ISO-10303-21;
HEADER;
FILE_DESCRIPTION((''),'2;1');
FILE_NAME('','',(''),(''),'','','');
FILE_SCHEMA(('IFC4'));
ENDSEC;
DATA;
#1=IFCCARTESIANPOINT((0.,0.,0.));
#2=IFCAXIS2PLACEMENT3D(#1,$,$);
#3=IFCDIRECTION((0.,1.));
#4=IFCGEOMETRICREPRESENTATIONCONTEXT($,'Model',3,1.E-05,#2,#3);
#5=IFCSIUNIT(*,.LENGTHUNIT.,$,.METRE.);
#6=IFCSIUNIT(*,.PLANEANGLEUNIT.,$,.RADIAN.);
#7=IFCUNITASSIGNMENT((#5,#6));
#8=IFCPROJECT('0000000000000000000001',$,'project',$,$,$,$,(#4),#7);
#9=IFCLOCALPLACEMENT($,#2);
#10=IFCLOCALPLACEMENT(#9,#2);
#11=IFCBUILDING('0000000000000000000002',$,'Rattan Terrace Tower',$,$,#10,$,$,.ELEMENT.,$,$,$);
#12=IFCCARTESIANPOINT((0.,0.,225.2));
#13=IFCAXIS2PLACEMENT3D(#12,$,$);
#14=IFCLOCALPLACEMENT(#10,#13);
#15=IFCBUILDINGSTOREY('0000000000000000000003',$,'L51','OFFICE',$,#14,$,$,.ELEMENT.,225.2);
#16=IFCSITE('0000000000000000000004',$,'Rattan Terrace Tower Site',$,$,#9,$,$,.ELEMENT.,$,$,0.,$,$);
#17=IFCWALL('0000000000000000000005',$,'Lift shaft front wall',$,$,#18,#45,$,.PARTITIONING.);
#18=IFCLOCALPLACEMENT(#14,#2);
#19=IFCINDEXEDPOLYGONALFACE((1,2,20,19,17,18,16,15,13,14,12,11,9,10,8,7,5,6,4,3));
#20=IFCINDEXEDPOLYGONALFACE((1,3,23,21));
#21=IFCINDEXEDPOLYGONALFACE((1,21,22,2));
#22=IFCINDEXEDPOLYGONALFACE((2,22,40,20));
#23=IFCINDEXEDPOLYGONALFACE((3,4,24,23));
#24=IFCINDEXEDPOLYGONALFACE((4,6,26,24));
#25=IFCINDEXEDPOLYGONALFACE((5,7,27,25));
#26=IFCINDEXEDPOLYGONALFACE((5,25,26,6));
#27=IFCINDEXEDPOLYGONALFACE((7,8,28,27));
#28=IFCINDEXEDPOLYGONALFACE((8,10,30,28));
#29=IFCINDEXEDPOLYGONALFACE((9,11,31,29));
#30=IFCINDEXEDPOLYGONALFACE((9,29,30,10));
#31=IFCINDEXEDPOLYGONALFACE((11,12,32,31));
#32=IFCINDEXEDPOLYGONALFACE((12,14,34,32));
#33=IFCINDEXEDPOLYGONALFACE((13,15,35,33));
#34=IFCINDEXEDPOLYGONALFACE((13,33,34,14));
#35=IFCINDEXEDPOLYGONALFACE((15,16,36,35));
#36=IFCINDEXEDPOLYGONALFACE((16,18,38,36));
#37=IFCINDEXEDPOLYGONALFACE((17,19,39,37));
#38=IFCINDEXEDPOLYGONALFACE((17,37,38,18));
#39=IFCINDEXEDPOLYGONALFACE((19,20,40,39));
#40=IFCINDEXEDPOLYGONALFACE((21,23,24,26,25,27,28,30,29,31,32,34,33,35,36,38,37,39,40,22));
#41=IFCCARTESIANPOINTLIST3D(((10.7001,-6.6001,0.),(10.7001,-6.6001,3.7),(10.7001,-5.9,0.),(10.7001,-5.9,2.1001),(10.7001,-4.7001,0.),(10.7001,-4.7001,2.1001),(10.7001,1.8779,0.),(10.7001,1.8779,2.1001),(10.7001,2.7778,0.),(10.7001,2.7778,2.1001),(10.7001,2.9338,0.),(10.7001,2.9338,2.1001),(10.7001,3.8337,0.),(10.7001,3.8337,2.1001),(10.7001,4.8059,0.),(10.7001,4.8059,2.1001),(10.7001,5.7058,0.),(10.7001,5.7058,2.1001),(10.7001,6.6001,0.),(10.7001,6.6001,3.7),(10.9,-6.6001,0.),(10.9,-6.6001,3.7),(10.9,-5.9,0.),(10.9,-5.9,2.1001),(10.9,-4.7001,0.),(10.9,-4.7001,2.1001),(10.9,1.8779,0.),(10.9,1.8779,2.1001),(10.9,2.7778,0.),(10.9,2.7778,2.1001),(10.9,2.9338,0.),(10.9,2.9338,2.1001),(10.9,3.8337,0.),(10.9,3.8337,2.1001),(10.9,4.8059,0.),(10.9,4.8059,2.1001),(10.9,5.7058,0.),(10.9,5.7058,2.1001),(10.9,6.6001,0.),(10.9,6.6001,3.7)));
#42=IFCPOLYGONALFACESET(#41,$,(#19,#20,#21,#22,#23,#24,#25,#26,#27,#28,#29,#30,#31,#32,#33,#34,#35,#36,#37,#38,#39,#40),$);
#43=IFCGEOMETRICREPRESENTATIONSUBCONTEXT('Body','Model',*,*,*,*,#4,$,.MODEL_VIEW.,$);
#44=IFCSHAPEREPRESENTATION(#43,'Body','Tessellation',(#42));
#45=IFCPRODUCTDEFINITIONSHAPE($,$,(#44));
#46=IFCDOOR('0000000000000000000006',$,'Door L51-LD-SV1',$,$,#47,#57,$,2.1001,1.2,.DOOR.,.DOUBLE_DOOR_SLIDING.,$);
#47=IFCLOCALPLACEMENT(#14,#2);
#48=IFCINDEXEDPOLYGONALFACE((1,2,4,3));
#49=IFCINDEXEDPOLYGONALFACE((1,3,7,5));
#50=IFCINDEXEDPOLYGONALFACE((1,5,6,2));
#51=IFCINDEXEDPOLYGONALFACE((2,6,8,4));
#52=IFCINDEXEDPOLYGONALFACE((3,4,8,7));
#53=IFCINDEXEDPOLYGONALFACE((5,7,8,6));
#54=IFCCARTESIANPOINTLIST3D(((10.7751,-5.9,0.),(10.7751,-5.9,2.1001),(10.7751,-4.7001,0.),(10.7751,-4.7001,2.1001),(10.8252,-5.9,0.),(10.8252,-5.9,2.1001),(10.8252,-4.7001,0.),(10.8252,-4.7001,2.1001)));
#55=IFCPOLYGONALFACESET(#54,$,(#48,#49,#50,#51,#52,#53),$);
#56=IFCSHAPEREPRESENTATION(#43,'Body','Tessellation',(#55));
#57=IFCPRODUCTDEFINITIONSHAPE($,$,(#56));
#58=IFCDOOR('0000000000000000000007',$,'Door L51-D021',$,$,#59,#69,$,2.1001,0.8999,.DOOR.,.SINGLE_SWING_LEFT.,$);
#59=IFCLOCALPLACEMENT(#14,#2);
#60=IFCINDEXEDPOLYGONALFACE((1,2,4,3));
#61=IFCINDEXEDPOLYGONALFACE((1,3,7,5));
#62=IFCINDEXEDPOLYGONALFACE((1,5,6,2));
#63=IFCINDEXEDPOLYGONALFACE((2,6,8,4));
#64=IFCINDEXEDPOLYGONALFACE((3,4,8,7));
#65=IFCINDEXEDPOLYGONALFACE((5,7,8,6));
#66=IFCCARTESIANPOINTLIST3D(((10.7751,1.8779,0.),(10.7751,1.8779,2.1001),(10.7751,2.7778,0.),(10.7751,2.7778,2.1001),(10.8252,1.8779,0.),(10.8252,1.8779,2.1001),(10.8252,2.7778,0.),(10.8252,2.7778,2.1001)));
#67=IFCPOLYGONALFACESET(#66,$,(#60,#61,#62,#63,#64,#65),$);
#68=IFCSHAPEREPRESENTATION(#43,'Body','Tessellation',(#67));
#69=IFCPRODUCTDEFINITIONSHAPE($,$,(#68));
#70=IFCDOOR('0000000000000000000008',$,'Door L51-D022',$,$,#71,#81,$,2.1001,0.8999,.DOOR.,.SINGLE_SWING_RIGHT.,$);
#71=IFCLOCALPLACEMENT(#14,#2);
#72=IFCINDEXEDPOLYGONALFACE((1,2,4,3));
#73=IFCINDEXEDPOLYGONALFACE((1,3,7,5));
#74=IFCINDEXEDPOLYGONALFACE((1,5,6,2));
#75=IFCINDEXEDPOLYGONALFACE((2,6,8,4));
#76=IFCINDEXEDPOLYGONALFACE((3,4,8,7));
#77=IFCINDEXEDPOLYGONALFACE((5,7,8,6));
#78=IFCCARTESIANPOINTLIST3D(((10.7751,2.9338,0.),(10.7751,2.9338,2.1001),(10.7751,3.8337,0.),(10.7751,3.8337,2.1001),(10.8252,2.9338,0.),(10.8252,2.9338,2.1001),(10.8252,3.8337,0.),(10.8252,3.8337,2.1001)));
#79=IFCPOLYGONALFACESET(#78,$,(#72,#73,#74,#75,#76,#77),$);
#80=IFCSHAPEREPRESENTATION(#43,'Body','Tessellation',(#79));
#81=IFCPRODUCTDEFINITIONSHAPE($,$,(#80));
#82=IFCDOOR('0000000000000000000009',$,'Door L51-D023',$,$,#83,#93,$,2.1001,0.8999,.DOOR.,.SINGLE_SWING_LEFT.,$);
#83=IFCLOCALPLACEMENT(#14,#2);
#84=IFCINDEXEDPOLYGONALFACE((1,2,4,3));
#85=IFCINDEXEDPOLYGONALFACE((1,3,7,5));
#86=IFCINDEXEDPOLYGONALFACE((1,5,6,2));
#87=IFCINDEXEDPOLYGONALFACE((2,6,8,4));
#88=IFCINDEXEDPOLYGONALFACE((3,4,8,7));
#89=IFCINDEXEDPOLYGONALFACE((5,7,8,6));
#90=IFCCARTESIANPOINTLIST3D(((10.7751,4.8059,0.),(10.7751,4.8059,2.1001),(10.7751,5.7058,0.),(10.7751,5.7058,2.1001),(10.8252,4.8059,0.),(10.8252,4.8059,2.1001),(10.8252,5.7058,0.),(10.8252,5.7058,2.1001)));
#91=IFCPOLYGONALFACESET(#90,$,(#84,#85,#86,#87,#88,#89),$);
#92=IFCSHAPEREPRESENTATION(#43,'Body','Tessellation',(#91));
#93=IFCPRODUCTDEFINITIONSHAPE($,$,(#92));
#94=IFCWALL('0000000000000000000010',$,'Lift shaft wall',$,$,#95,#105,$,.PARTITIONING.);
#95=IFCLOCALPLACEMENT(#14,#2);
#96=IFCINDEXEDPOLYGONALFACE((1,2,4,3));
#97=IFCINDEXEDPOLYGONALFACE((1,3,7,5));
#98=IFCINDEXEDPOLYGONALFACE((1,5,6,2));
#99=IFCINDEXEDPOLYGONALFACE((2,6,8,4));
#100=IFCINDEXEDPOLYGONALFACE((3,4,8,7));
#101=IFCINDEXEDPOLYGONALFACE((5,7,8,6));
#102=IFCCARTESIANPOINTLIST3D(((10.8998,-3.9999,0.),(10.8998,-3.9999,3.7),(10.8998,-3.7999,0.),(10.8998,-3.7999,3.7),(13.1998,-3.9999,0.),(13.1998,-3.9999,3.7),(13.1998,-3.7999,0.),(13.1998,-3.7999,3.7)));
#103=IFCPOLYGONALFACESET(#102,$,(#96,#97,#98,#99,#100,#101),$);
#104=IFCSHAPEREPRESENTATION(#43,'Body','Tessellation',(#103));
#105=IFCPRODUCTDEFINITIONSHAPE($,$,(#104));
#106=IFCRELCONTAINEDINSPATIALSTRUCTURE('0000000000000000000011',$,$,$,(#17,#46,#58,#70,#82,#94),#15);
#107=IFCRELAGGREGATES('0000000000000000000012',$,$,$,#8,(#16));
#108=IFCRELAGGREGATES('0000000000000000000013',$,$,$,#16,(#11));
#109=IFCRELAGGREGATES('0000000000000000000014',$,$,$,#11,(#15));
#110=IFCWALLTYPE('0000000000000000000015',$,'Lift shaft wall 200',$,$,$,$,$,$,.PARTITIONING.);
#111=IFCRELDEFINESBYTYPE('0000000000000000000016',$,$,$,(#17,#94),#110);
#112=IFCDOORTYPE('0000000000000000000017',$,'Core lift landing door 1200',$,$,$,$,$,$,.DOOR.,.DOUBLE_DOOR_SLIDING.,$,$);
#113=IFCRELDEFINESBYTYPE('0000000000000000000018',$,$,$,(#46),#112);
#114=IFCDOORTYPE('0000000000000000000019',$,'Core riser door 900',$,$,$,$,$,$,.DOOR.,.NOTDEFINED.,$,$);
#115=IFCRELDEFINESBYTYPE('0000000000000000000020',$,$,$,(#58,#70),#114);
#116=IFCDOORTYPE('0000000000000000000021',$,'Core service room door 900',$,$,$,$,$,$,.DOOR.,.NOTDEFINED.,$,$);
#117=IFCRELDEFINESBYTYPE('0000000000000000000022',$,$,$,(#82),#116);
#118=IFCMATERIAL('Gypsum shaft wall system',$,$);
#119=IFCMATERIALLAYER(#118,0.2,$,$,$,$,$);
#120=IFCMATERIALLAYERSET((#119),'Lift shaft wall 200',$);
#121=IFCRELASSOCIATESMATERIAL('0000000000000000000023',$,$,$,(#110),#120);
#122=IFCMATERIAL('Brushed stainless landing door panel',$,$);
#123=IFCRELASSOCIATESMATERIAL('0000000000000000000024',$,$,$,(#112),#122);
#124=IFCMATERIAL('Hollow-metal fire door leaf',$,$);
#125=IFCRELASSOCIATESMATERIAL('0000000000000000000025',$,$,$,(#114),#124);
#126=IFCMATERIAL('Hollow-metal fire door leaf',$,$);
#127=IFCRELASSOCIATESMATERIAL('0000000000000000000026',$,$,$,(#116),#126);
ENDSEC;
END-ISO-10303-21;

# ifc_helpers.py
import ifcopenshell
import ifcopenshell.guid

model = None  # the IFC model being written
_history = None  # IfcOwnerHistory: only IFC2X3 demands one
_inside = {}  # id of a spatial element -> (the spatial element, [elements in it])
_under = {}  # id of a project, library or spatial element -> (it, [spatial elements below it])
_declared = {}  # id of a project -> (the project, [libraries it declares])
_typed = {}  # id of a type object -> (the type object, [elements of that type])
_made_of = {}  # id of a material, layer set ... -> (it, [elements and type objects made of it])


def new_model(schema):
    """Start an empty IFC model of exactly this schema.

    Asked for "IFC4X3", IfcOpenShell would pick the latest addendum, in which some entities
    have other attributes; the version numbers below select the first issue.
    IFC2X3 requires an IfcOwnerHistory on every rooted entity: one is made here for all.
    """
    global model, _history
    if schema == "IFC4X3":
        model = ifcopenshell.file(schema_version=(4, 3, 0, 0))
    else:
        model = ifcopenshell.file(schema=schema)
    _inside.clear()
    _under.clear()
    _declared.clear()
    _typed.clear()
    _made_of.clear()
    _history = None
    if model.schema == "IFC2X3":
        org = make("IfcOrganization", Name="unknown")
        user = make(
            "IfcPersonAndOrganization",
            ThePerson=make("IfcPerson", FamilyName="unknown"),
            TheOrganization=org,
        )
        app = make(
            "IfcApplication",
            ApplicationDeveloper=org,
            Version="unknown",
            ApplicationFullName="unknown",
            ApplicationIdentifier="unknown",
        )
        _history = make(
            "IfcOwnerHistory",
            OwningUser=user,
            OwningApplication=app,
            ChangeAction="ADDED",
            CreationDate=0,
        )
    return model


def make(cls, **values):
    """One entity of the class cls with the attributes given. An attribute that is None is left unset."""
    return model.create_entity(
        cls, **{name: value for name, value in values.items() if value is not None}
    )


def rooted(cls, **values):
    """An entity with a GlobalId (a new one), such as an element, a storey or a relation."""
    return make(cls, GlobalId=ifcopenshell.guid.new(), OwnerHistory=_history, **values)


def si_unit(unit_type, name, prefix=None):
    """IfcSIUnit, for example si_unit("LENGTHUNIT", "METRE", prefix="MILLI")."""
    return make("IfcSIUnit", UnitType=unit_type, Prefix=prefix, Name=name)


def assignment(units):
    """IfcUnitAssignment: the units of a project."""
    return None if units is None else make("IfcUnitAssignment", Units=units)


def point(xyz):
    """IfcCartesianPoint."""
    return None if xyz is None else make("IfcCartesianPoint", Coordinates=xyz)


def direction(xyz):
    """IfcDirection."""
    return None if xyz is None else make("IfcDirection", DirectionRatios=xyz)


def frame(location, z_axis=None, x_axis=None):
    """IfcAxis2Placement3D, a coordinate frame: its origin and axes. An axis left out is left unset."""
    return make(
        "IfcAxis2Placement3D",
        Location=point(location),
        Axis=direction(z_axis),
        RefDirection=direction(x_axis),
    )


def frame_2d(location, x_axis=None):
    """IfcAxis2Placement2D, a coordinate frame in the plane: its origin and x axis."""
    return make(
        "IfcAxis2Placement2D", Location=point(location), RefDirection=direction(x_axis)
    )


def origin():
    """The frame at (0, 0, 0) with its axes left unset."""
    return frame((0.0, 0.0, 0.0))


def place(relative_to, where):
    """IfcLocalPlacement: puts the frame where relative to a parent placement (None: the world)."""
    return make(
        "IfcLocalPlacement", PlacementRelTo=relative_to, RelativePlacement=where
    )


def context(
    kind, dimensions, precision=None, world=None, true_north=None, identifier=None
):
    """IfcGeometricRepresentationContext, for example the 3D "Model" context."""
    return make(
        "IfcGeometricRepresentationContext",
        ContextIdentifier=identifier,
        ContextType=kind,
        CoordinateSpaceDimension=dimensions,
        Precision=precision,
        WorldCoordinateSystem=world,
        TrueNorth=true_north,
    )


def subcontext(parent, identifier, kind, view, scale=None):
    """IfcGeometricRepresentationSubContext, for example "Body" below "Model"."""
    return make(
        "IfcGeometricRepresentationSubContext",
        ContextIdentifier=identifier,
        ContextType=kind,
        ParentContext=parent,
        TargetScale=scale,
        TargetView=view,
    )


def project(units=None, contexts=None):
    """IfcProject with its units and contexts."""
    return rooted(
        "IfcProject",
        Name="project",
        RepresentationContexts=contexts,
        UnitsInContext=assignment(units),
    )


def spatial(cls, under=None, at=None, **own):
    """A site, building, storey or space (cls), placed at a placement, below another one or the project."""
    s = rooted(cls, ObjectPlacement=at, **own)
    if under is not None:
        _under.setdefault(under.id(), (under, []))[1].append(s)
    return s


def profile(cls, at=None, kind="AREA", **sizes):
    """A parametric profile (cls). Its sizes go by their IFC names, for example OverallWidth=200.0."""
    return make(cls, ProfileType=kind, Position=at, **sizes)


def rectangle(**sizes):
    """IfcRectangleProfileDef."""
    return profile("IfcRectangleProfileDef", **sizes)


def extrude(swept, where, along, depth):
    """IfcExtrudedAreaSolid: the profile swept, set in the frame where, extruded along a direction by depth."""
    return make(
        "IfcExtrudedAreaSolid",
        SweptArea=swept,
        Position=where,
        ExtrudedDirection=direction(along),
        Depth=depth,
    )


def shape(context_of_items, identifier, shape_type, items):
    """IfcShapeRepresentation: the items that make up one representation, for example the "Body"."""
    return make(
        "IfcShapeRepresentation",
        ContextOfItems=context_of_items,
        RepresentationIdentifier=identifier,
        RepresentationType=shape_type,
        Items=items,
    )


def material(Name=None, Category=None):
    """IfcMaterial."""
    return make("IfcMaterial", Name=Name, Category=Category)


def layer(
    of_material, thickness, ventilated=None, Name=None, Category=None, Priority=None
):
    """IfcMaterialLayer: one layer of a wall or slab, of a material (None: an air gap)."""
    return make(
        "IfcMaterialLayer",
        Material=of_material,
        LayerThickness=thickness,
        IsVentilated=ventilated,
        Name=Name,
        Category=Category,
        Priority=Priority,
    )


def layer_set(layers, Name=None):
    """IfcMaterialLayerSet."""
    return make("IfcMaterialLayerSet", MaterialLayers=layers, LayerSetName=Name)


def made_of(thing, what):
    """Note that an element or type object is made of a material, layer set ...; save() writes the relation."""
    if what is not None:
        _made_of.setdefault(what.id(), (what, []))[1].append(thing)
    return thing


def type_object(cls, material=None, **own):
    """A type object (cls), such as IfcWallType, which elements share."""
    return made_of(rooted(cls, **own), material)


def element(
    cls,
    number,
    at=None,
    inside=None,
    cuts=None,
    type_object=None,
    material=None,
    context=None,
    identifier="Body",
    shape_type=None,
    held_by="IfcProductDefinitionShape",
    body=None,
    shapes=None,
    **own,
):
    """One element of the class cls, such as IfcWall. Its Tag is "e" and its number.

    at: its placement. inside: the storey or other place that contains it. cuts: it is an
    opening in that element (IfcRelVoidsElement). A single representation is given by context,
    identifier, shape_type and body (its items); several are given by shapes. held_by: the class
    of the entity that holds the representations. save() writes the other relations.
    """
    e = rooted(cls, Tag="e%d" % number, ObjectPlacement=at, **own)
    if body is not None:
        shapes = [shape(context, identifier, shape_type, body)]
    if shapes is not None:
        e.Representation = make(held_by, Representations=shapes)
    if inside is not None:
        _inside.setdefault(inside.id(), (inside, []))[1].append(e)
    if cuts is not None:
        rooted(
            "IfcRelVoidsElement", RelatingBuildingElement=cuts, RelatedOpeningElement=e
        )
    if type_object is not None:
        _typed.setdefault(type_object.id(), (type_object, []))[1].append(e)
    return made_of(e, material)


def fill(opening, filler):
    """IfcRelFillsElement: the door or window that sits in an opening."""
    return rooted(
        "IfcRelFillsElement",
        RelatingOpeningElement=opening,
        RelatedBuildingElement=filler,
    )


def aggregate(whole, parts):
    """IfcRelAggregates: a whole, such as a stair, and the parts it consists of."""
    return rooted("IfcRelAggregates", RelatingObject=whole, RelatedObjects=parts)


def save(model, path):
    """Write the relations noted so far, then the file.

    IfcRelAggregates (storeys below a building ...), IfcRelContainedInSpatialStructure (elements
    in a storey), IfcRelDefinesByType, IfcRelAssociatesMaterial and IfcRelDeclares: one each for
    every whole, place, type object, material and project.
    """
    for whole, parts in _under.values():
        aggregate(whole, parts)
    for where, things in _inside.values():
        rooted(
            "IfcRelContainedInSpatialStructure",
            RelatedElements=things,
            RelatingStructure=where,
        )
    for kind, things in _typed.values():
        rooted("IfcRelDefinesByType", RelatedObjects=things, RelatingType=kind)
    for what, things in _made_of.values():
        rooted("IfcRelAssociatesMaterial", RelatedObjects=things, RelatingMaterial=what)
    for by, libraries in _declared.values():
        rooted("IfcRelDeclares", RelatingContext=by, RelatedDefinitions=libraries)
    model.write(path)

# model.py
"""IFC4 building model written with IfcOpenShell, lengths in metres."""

from ifc_helpers import new_model, si_unit, direction, frame, frame_2d, origin, place, context, subcontext, project, spatial, rectangle, extrude, material, layer, layer_set, type_object, element, fill, save


model = new_model("IFC4")

# Units and contexts
model_context = context("Model", 3, precision=1e-05, world=origin(), true_north=direction((0.0, 1.0)))
body_context = subcontext(model_context, "Body", "Model", "MODEL_VIEW")
ifc_project = project(units=[si_unit("LENGTHUNIT", "METRE"), si_unit("PLANEANGLEUNIT", "RADIAN")], contexts=[model_context])

# Site, building, storey
site_placement = place(None, origin())
site = spatial("IfcSite", under=ifc_project, at=site_placement, Name="Rattan Terrace Tower Site", CompositionType="ELEMENT", RefElevation=0.0)
building_placement = place(site_placement, origin())
building = spatial("IfcBuilding", under=site, at=building_placement, Name="Rattan Terrace Tower", CompositionType="ELEMENT")
storey_placement = place(building_placement, frame((0.0, 0.0, 225.2)))
storey = spatial("IfcBuildingStorey", under=building, at=storey_placement, Name="L51", Description="OFFICE", CompositionType="ELEMENT", Elevation=225.2)

# Shared definitions
ifc_material_1 = material(Name="Gypsum shaft wall system")
ifc_layer_1 = layer(ifc_material_1, 0.2)
ifc_layer_set_1 = layer_set([ifc_layer_1], Name="Lift shaft wall 200")
wall_type_1 = type_object("IfcWallType", Name="Lift shaft wall 200", PredefinedType="PARTITIONING", material=ifc_layer_set_1)

# Wall, openings, doors
wall_1_placement = place(storey_placement, frame((10.8, -6.6001, 0.0), z_axis=(0.0, 0.0, 1.0), x_axis=(0.0, 1.0, 0.0)))
wall_1 = element("IfcWall", 1, at=wall_1_placement, inside=storey, type_object=wall_type_1, Name="Lift shaft front wall", PredefinedType="PARTITIONING", context=body_context, shape_type="SweptSolid", body=[
    extrude(rectangle(XDim=13.2002, YDim=0.2, at=frame_2d((6.6001, 0.0))), origin(), (0.0, 0.0, 1.0), 3.7),
])
opening_1_placement = place(wall_1_placement, frame((0.7, 0.0, 0.0)))
opening_1 = element("IfcOpeningElement", 2, at=opening_1_placement, cuts=wall_1, PredefinedType="OPENING", context=body_context, shape_type="SweptSolid", body=[
    extrude(rectangle(XDim=1.2, YDim=2.1001, at=frame_2d((0.6001, 1.05))), frame((0.0, 0.1106, 0.0), z_axis=(0.0, -1.0, 0.0), x_axis=(1.0, 0.0, 0.0)), (0.0, 0.0, 1.0), 0.2209),
])
opening_2_placement = place(wall_1_placement, frame((8.478, 0.0, 0.0)))
opening_2 = element("IfcOpeningElement", 3, at=opening_2_placement, cuts=wall_1, PredefinedType="OPENING", context=body_context, shape_type="SweptSolid", body=[
    extrude(rectangle(XDim=0.8999, YDim=2.1001, at=frame_2d((0.45, 1.05))), frame((0.0, 0.1106, 0.0), z_axis=(0.0, -1.0, 0.0), x_axis=(1.0, 0.0, 0.0)), (0.0, 0.0, 1.0), 0.2209),
])
opening_3_placement = place(wall_1_placement, frame((9.5339, 0.0, 0.0)))
opening_3 = element("IfcOpeningElement", 4, at=opening_3_placement, cuts=wall_1, PredefinedType="OPENING", context=body_context, shape_type="SweptSolid", body=[
    extrude(rectangle(XDim=0.8999, YDim=2.1001, at=frame_2d((0.45, 1.05))), frame((0.0, 0.1106, 0.0), z_axis=(0.0, -1.0, 0.0), x_axis=(1.0, 0.0, 0.0)), (0.0, 0.0, 1.0), 0.2209),
])
opening_4_placement = place(wall_1_placement, frame((11.406, 0.0, 0.0)))
opening_4 = element("IfcOpeningElement", 5, at=opening_4_placement, cuts=wall_1, PredefinedType="OPENING", context=body_context, shape_type="SweptSolid", body=[
    extrude(rectangle(XDim=0.8999, YDim=2.1001, at=frame_2d((0.45, 1.05))), frame((0.0, 0.1106, 0.0), z_axis=(0.0, -1.0, 0.0), x_axis=(1.0, 0.0, 0.0)), (0.0, 0.0, 1.0), 0.2209),
])
ifc_material_2 = material(Name="Brushed stainless landing door panel")
door_type_1 = type_object("IfcDoorType", Name="Core lift landing door 1200", OperationType="DOUBLE_DOOR_SLIDING", PredefinedType="DOOR", material=ifc_material_2)
door_1_placement = place(opening_1_placement, origin())
door_1 = element("IfcDoor", 6, at=door_1_placement, inside=storey, type_object=door_type_1, Name="Door L51-LD-SV1", OperationType="DOUBLE_DOOR_SLIDING", OverallHeight=2.1001, OverallWidth=1.2, PredefinedType="DOOR", context=body_context, shape_type="SweptSolid", body=[
    extrude(rectangle(XDim=1.2, YDim=2.1001, at=frame_2d((0.6001, 1.05))), frame((0.0, 0.0249, 0.0), z_axis=(0.0, -1.0, 0.0), x_axis=(1.0, 0.0, 0.0)), (0.0, 0.0, 1.0), 0.05),
])
fill(opening_1, door_1)
ifc_material_3 = material(Name="Hollow-metal fire door leaf")
door_type_2 = type_object("IfcDoorType", Name="Core riser door 900", OperationType="NOTDEFINED", PredefinedType="DOOR", material=ifc_material_3)
door_2_placement = place(opening_2_placement, origin())
door_2 = element("IfcDoor", 7, at=door_2_placement, inside=storey, type_object=door_type_2, Name="Door L51-D021", OperationType="SINGLE_SWING_LEFT", OverallHeight=2.1001, OverallWidth=0.8999, PredefinedType="DOOR", context=body_context, shape_type="SweptSolid", body=[
    extrude(rectangle(XDim=0.8999, YDim=2.1001, at=frame_2d((0.45, 1.05))), frame((0.0, 0.0249, 0.0), z_axis=(0.0, -1.0, 0.0), x_axis=(1.0, 0.0, 0.0)), (0.0, 0.0, 1.0), 0.05),
])
fill(opening_2, door_2)
door_3_placement = place(opening_3_placement, origin())
door_3 = element("IfcDoor", 8, at=door_3_placement, inside=storey, type_object=door_type_2, Name="Door L51-D022", OperationType="SINGLE_SWING_RIGHT", OverallHeight=2.1001, OverallWidth=0.8999, PredefinedType="DOOR", context=body_context, shape_type="SweptSolid", body=[
    extrude(rectangle(XDim=0.8999, YDim=2.1001, at=frame_2d((0.45, 1.05))), frame((0.0, 0.0249, 0.0), z_axis=(0.0, -1.0, 0.0), x_axis=(1.0, 0.0, 0.0)), (0.0, 0.0, 1.0), 0.05),
])
fill(opening_3, door_3)
ifc_material_4 = material(Name="Hollow-metal fire door leaf")
door_type_3 = type_object("IfcDoorType", Name="Core service room door 900", OperationType="NOTDEFINED", PredefinedType="DOOR", material=ifc_material_4)
door_4_placement = place(opening_4_placement, origin())
door_4 = element("IfcDoor", 9, at=door_4_placement, inside=storey, type_object=door_type_3, Name="Door L51-D023", OperationType="SINGLE_SWING_LEFT", OverallHeight=2.1001, OverallWidth=0.8999, PredefinedType="DOOR", context=body_context, shape_type="SweptSolid", body=[
    extrude(rectangle(XDim=0.8999, YDim=2.1001, at=frame_2d((0.45, 1.05))), frame((0.0, 0.0249, 0.0), z_axis=(0.0, -1.0, 0.0), x_axis=(1.0, 0.0, 0.0)), (0.0, 0.0, 1.0), 0.05),
])
fill(opening_4, door_4)

# Wall
wall_2_placement = place(storey_placement, frame((10.8999, -3.8999, 0.0), z_axis=(0.0, 0.0, 1.0), x_axis=(1.0, 0.0, 0.0)))
element("IfcWall", 10, at=wall_2_placement, inside=storey, type_object=wall_type_1, Name="Lift shaft wall", PredefinedType="PARTITIONING", context=body_context, shape_type="SweptSolid", body=[
    extrude(rectangle(XDim=2.3, YDim=0.2, at=frame_2d((1.1499, 0.0))), origin(), (0.0, 0.0, 1.0), 3.7),
])

save(model, "model.ifc")
